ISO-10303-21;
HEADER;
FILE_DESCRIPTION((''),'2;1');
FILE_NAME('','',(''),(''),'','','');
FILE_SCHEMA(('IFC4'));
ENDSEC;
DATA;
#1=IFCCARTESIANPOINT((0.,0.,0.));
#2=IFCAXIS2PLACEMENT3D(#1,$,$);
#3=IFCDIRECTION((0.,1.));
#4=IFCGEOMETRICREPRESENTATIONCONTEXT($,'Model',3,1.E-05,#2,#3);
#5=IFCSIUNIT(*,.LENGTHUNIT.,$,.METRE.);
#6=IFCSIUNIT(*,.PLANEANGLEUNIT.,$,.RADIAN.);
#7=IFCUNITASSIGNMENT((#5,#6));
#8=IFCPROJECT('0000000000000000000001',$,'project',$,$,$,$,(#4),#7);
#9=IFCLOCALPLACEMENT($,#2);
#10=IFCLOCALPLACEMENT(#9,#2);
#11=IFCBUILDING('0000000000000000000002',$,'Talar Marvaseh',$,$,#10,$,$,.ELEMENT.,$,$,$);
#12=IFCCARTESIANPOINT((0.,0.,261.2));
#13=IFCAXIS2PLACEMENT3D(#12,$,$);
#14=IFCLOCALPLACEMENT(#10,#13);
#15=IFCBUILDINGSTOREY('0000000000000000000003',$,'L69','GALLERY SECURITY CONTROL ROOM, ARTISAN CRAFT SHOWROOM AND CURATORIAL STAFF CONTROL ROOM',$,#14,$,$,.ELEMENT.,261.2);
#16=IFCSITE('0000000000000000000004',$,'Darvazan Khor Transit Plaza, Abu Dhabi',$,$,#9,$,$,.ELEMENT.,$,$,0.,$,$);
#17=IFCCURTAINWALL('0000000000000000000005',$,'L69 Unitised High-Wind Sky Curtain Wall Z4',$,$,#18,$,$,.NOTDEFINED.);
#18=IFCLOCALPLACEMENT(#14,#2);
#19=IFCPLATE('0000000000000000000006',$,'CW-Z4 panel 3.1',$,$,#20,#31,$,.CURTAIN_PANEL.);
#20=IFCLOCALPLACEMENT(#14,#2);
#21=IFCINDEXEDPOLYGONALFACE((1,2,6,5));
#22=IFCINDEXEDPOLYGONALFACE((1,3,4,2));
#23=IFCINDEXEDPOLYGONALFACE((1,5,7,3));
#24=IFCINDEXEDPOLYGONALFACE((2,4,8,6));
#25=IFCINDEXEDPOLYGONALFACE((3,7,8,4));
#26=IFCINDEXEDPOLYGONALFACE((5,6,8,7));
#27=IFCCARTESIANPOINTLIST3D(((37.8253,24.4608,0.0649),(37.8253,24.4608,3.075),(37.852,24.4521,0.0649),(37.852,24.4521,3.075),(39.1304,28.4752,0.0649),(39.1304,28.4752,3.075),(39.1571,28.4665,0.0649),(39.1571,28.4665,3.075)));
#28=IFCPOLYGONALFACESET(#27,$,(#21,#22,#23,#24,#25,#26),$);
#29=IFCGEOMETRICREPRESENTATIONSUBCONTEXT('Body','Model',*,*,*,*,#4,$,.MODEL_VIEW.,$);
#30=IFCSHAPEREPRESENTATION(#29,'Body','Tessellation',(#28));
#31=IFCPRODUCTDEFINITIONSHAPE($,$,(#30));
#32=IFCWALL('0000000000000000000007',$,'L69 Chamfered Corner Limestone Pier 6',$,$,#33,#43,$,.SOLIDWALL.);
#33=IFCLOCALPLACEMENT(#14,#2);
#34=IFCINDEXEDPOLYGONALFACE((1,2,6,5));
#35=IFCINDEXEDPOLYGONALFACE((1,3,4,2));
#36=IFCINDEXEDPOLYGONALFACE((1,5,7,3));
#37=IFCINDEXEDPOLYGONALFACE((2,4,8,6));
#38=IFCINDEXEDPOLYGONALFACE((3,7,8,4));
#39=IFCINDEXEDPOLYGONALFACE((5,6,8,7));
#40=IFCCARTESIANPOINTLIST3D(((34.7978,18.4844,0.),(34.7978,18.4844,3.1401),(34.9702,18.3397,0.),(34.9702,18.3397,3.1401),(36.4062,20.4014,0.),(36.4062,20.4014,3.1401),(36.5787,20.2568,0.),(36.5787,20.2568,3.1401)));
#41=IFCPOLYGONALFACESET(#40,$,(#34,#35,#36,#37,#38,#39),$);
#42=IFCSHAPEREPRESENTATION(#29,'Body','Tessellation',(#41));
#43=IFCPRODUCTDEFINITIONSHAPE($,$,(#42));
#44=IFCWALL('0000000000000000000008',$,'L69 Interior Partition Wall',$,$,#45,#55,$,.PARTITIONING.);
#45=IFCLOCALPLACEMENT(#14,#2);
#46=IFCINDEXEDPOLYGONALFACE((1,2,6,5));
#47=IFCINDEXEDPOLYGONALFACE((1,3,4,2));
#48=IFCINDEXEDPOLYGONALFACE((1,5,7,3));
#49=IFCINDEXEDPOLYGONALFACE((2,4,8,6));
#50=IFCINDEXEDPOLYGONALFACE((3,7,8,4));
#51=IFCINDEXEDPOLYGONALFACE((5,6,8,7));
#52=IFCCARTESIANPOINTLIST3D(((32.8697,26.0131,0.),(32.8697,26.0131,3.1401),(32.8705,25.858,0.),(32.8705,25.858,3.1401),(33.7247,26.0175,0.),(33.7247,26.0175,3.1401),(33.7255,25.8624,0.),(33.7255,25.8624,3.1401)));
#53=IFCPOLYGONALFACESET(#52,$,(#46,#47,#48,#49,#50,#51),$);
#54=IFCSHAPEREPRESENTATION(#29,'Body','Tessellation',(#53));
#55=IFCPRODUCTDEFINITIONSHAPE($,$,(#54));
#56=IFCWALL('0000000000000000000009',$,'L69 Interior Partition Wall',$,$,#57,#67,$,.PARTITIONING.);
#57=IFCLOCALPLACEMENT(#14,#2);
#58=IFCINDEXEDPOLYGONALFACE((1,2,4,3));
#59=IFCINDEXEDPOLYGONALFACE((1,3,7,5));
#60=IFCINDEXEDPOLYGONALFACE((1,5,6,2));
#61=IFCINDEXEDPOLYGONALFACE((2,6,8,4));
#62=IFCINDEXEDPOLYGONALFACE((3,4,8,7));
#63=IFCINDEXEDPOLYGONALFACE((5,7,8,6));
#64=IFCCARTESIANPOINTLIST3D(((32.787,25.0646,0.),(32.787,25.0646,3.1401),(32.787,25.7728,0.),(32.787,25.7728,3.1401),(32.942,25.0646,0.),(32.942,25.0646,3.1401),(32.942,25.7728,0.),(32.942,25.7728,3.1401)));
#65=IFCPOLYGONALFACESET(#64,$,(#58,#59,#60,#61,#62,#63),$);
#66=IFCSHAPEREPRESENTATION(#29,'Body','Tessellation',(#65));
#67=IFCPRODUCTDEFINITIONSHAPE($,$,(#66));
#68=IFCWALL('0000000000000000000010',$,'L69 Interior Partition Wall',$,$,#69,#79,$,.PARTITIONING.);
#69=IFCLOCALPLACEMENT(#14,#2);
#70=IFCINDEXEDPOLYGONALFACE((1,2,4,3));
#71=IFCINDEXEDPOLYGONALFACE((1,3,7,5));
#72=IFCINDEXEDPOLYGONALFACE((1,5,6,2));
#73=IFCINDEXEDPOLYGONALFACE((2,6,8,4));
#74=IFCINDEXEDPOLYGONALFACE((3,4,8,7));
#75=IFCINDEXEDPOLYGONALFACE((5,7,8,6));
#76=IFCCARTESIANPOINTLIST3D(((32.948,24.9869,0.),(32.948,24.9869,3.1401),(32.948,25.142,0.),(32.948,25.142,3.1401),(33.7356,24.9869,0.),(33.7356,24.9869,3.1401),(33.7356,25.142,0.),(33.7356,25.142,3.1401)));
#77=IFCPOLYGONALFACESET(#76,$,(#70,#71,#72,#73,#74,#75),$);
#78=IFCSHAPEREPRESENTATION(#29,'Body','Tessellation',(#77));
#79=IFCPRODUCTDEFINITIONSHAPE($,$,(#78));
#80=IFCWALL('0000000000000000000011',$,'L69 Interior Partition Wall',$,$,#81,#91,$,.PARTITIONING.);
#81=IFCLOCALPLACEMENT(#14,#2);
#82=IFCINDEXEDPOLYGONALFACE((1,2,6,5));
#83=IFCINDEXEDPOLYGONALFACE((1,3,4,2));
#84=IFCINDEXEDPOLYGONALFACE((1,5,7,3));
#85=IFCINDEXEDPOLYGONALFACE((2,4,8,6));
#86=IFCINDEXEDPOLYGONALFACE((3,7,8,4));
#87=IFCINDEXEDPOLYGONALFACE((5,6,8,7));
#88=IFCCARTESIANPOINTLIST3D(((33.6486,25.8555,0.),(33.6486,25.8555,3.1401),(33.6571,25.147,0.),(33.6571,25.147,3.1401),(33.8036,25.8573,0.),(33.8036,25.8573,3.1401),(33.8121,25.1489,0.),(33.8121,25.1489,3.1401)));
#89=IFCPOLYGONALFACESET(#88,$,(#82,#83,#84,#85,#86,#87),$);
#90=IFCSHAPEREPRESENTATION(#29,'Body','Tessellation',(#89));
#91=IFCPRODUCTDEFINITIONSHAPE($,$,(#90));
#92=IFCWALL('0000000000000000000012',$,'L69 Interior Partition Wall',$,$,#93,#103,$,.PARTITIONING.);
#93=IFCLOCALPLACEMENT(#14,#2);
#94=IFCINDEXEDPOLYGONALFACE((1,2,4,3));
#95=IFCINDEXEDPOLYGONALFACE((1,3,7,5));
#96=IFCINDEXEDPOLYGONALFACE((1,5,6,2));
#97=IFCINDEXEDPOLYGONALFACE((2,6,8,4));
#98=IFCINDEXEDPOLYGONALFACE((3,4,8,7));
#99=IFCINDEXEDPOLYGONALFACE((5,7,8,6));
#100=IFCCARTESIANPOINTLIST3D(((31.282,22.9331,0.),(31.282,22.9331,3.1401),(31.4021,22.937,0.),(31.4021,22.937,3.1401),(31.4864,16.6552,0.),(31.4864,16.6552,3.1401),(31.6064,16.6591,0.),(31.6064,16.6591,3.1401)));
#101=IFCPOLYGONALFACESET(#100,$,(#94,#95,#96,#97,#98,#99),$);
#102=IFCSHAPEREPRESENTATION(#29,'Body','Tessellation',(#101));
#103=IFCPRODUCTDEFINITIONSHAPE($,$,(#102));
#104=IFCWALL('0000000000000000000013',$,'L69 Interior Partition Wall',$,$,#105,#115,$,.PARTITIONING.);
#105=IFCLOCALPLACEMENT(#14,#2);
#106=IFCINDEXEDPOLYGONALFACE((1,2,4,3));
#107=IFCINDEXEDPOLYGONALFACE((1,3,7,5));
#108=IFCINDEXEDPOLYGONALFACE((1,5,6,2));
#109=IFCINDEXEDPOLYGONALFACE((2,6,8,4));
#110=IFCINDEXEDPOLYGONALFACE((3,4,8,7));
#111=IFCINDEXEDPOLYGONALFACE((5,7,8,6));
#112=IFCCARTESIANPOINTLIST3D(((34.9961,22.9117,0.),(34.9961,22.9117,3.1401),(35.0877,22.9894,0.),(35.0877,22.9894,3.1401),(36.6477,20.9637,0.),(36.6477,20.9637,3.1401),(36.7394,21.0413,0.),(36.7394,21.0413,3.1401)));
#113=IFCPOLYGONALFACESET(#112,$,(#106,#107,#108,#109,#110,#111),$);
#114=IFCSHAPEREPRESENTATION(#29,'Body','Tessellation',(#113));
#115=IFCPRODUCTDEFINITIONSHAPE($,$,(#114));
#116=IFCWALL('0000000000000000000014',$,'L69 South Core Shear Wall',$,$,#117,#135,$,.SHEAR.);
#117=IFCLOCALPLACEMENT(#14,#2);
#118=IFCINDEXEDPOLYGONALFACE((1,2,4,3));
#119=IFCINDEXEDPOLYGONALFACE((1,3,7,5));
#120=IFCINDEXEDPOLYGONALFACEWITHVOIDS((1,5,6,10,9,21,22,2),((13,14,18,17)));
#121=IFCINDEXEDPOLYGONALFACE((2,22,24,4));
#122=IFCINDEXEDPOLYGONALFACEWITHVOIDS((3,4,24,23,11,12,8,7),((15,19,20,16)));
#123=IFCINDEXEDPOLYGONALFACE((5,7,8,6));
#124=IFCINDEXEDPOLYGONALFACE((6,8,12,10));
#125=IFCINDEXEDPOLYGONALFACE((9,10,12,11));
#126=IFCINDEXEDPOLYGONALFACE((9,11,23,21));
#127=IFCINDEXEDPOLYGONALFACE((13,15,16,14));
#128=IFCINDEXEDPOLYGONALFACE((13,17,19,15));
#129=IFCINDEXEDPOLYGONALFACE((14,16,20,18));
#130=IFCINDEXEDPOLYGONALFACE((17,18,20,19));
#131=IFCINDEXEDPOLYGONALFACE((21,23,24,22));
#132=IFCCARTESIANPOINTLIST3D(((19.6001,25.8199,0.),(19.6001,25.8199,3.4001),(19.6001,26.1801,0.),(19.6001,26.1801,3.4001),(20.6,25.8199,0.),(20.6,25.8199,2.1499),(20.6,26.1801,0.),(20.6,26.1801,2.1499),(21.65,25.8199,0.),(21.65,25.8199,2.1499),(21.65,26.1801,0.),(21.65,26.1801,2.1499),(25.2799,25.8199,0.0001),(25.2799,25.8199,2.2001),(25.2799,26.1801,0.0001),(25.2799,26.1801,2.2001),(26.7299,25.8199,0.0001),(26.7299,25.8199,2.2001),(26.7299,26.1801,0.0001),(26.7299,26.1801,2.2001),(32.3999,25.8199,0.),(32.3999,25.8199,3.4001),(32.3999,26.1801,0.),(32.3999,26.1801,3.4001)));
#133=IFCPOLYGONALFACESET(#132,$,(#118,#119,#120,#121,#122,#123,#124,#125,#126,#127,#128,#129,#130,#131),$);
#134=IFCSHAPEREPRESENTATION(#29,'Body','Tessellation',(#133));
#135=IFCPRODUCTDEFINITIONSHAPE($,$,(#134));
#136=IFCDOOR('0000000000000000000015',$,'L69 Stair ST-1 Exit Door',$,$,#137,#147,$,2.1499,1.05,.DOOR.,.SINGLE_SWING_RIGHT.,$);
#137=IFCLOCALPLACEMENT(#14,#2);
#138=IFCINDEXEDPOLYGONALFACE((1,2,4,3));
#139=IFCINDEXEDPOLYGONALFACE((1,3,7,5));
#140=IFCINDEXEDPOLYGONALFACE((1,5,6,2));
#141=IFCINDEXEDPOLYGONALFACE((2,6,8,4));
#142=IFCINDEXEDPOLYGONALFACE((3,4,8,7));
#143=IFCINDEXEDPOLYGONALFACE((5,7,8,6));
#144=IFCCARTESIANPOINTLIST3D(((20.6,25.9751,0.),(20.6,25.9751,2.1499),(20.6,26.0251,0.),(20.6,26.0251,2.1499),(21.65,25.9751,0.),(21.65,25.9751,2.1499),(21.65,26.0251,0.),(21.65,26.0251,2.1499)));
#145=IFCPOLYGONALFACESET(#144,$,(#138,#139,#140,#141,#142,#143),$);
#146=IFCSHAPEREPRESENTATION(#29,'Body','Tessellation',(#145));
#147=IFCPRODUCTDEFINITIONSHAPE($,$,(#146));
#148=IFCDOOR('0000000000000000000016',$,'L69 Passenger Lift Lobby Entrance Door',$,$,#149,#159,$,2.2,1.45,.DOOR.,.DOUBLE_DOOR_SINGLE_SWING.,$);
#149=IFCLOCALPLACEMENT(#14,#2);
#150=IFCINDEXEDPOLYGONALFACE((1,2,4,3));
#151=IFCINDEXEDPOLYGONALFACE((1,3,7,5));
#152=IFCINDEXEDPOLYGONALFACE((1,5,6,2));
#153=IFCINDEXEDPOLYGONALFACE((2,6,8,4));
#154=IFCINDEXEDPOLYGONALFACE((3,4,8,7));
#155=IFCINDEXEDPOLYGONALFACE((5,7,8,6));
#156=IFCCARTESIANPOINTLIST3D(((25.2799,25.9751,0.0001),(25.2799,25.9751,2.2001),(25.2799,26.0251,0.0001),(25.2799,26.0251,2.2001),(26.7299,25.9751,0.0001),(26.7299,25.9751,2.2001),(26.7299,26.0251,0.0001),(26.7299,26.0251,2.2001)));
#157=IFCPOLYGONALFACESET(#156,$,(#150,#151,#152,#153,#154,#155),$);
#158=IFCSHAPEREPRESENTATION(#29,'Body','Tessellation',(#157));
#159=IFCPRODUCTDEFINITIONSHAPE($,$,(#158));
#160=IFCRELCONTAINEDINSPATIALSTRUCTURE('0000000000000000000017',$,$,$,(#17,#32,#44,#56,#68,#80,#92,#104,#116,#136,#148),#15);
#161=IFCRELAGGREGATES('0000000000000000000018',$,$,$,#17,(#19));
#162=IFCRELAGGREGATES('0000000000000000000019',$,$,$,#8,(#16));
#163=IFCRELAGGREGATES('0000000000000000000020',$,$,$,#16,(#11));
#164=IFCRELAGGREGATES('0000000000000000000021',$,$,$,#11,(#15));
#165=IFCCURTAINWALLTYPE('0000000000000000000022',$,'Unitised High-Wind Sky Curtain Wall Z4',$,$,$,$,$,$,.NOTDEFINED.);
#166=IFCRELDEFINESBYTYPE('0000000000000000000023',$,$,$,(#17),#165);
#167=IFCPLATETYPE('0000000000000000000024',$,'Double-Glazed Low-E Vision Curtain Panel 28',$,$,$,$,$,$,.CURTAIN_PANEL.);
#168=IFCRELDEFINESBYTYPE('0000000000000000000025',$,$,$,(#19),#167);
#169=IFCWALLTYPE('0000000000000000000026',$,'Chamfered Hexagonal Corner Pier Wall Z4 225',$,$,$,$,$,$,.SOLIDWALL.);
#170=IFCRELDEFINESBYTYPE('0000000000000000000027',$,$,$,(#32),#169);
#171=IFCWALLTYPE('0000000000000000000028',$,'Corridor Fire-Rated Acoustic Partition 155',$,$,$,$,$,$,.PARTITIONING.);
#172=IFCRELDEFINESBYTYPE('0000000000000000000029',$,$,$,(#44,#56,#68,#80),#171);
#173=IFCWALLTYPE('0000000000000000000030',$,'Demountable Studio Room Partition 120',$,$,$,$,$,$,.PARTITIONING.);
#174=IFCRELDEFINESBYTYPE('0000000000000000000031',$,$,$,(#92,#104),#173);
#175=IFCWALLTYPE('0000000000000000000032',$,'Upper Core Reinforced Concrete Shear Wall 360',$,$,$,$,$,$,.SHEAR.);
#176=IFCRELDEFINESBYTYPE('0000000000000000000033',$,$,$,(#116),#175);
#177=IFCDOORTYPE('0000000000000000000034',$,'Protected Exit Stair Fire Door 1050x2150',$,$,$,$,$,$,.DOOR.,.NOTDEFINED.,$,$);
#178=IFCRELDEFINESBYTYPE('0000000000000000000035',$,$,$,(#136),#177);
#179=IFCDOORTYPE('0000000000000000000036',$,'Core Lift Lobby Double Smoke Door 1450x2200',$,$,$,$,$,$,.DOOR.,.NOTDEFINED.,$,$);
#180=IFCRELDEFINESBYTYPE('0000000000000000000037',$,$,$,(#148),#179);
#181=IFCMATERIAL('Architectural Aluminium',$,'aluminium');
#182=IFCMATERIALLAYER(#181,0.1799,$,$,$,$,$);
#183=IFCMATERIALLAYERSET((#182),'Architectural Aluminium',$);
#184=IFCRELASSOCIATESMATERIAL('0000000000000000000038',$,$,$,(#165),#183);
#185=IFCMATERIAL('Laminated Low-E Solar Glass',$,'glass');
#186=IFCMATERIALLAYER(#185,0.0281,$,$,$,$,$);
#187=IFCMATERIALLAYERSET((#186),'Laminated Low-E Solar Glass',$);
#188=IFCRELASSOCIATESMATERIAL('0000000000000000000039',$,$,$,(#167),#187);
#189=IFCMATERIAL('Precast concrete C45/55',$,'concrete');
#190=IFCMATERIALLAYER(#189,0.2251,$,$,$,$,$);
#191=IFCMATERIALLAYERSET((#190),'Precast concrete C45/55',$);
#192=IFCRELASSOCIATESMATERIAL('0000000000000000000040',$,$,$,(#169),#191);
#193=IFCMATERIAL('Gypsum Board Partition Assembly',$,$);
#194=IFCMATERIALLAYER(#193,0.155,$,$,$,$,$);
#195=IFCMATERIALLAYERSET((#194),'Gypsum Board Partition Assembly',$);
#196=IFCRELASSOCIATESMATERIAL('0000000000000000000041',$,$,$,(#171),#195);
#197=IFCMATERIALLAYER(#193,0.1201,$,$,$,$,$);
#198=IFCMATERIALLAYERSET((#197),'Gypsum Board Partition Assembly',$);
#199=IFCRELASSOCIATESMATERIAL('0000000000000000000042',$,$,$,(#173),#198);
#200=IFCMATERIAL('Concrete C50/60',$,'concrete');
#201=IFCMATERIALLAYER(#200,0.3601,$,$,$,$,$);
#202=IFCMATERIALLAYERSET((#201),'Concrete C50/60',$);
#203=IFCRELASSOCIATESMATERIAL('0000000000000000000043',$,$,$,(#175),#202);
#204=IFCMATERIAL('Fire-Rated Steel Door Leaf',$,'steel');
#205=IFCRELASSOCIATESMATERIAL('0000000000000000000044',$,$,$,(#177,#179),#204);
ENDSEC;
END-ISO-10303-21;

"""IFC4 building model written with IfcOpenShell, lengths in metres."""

from ifc_helpers import new_model, si_unit, direction, frame, frame_2d, origin, origin_2d, place, context, subcontext, project, spatial, rectangle, extrude, source, transform, mapped, material, layer, layer_set, type_object, type_shapes, element, fill, aggregate, save


model = new_model("IFC4")

# Units and contexts
model_context = context("Model", 3, precision=1e-05, world=origin(), true_north=direction((0.0, 1.0)))
body_context = subcontext(model_context, "Body", "Model", "MODEL_VIEW")
ifc_project = project(units=[si_unit("LENGTHUNIT", "METRE"), si_unit("PLANEANGLEUNIT", "RADIAN")], contexts=[model_context])

# Site, building, storey
site_placement = place(None, origin())
site = spatial("IfcSite", under=ifc_project, at=site_placement, Name="Darvazan Khor Transit Plaza, Abu Dhabi", CompositionType="ELEMENT", RefElevation=0.0)
building_placement = place(site_placement, origin())
building = spatial("IfcBuilding", under=site, at=building_placement, Name="Talar Marvaseh", CompositionType="ELEMENT")
storey_placement = place(building_placement, frame((0.0, 0.0, 261.2)))
storey = spatial("IfcBuildingStorey", under=building, at=storey_placement, Name="L69", Description="GALLERY SECURITY CONTROL ROOM, ARTISAN CRAFT SHOWROOM AND CURATORIAL STAFF CONTROL ROOM", CompositionType="ELEMENT", Elevation=261.2)

# Shared definitions
ifc_material_1 = material(Name="Concrete C50/60", Category="concrete")

# Curtain wall, plate
ifc_material_2 = material(Name="Architectural Aluminium", Category="aluminium")
ifc_layer_1 = layer(ifc_material_2, 0.1799)
ifc_layer_set_1 = layer_set([ifc_layer_1], Name="Architectural Aluminium")
curtain_wall_type = type_object("IfcCurtainWallType", Name="Unitised High-Wind Sky Curtain Wall Z4", PredefinedType="NOTDEFINED", material=ifc_layer_set_1)
curtain_wall_placement = place(storey_placement, origin())
curtain_wall = element("IfcCurtainWall", 1, at=curtain_wall_placement, inside=storey, type_object=curtain_wall_type, Name="L69 Unitised High-Wind Sky Curtain Wall Z4", PredefinedType="NOTDEFINED")
ifc_material_3 = material(Name="Laminated Low-E Solar Glass", Category="glass")
ifc_layer_2 = layer(ifc_material_3, 0.0281)
ifc_layer_set_2 = layer_set([ifc_layer_2], Name="Laminated Low-E Solar Glass")
plate_type = type_object("IfcPlateType", Name="Double-Glazed Low-E Vision Curtain Panel 28", PredefinedType="CURTAIN_PANEL", material=ifc_layer_set_2)
shared_shape_1 = source(origin(), body_context, "Body", "SweptSolid", [
    extrude(rectangle(XDim=4.2212, YDim=0.0281, at=origin_2d()), origin(), (0.0, 0.0, 1.0), 3.01),
])
plate_1_placement = place(storey_placement, frame((38.4912, 26.4636, 0.0649), z_axis=(0.0, 0.0, 1.0), x_axis=(-0.309162, -0.951009, 0.0)))
plate_1 = element("IfcPlate", 2, at=plate_1_placement, type_object=plate_type, Name="CW-Z4 panel 3.1", PredefinedType="CURTAIN_PANEL", context=body_context, shape_type="MappedRepresentation", body=[
    mapped(shared_shape_1, transform((0.0, 0.0, 0.0), x_axis=(1.0, 0.0, 0.0), y_axis=(0.0, 1.0, 0.0), z_axis=(0.0, 0.0, 1.0), scale=1.0)),
])
aggregate(curtain_wall, [plate_1])

# Wall
ifc_material_4 = material(Name="Precast concrete C45/55", Category="concrete")
ifc_layer_3 = layer(ifc_material_4, 0.2251)
ifc_layer_set_3 = layer_set([ifc_layer_3], Name="Precast concrete C45/55")
wall_type_1 = type_object("IfcWallType", Name="Chamfered Hexagonal Corner Pier Wall Z4 225", PredefinedType="SOLIDWALL", material=ifc_layer_set_3)
wall_1_placement = place(storey_placement, frame((36.4924, 20.3291, 0.0), z_axis=(0.0, 0.0, 1.0), x_axis=(-0.642753, -0.766074, 0.0)))
element("IfcWall", 3, at=wall_1_placement, inside=storey, type_object=wall_type_1, Name="L69 Chamfered Corner Limestone Pier 6", PredefinedType="SOLIDWALL", context=body_context, shape_type="SweptSolid", body=[
    extrude(rectangle(XDim=2.5024, YDim=0.2251, at=frame_2d((1.2512, 0.0))), origin(), (0.0, 0.0, 1.0), 3.1401),
])

# Shared definitions
ifc_material_5 = material(Name="Gypsum Board Partition Assembly")
ifc_layer_4 = layer(ifc_material_5, 0.155)
ifc_layer_set_4 = layer_set([ifc_layer_4], Name="Gypsum Board Partition Assembly")
wall_type_2 = type_object("IfcWallType", Name="Corridor Fire-Rated Acoustic Partition 155", PredefinedType="PARTITIONING", material=ifc_layer_set_4)

# Walls
wall_2_placement = place(storey_placement, frame((33.7251, 25.9399, 0.0), z_axis=(0.0, 0.0, 1.0), x_axis=(-0.999987, -0.00514, 0.0)))
element("IfcWall", 4, at=wall_2_placement, inside=storey, type_object=wall_type_2, Name="L69 Interior Partition Wall", PredefinedType="PARTITIONING", context=body_context, shape_type="SweptSolid", body=[
    extrude(rectangle(XDim=0.855, YDim=0.155, at=frame_2d((0.4275, 0.0))), origin(), (0.0, 0.0, 1.0), 3.1401),
])
wall_3_placement = place(storey_placement, frame((32.8645, 25.7727, 0.0), z_axis=(0.0, 0.0, 1.0), x_axis=(0.0, -1.0, 0.0)))
element("IfcWall", 5, at=wall_3_placement, inside=storey, type_object=wall_type_2, Name="L69 Interior Partition Wall", PredefinedType="PARTITIONING", context=body_context, shape_type="SweptSolid", body=[
    extrude(rectangle(XDim=0.7083, YDim=0.155, at=frame_2d((0.354, 0.0))), origin(), (0.0, 0.0, 1.0), 3.1401),
])
wall_4_placement = place(storey_placement, frame((32.948, 25.0645, 0.0), z_axis=(0.0, 0.0, 1.0), x_axis=(1.0, 0.0, 0.0)))
element("IfcWall", 6, at=wall_4_placement, inside=storey, type_object=wall_type_2, Name="L69 Interior Partition Wall", PredefinedType="PARTITIONING", context=body_context, shape_type="SweptSolid", body=[
    extrude(rectangle(XDim=0.7876, YDim=0.155, at=frame_2d((0.3938, 0.0))), origin(), (0.0, 0.0, 1.0), 3.1401),
])
wall_5_placement = place(storey_placement, frame((33.7346, 25.1479, 0.0), z_axis=(0.0, 0.0, 1.0), x_axis=(-0.01206, 0.999927, 0.0)))
element("IfcWall", 7, at=wall_5_placement, inside=storey, type_object=wall_type_2, Name="L69 Interior Partition Wall", PredefinedType="PARTITIONING", context=body_context, shape_type="SweptSolid", body=[
    extrude(rectangle(XDim=0.7085, YDim=0.155, at=frame_2d((0.3542, 0.0))), origin(), (0.0, 0.0, 1.0), 3.1401),
])
ifc_layer_5 = layer(ifc_material_5, 0.1201)
ifc_layer_set_5 = layer_set([ifc_layer_5], Name="Gypsum Board Partition Assembly")
wall_type_3 = type_object("IfcWallType", Name="Demountable Studio Room Partition 120", PredefinedType="PARTITIONING", material=ifc_layer_set_5)
wall_6_placement = place(storey_placement, frame((31.342, 22.9351, 0.0), z_axis=(0.0, 0.0, 1.0), x_axis=(0.032533, -0.999471, 0.0)))
element("IfcWall", 8, at=wall_6_placement, inside=storey, type_object=wall_type_3, Name="L69 Interior Partition Wall", PredefinedType="PARTITIONING", context=body_context, shape_type="SweptSolid", body=[
    extrude(rectangle(XDim=6.2812, YDim=0.1201, at=frame_2d((3.1406, 0.0))), origin(), (0.0, 0.0, 1.0), 3.1401),
])
wall_7_placement = place(storey_placement, frame((35.042, 22.9504, 0.0), z_axis=(0.0, 0.0, 1.0), x_axis=(0.646696, -0.762748, 0.0)))
element("IfcWall", 9, at=wall_7_placement, inside=storey, type_object=wall_type_3, Name="L69 Interior Partition Wall", PredefinedType="PARTITIONING", context=body_context, shape_type="SweptSolid", body=[
    extrude(rectangle(XDim=2.554, YDim=0.1201, at=frame_2d((1.2769, 0.0))), origin(), (0.0, 0.0, 1.0), 3.1401),
])

# Wall, openings, doors
ifc_layer_6 = layer(ifc_material_1, 0.3601)
ifc_layer_set_6 = layer_set([ifc_layer_6], Name="Concrete C50/60")
wall_type_4 = type_object("IfcWallType", Name="Upper Core Reinforced Concrete Shear Wall 360", PredefinedType="SHEAR", material=ifc_layer_set_6)
wall_8_placement = place(storey_placement, frame((32.3999, 26.0, 0.0), z_axis=(0.0, 0.0, 1.0), x_axis=(-1.0, 0.0, 0.0)))
wall_8 = element("IfcWall", 10, at=wall_8_placement, inside=storey, type_object=wall_type_4, Name="L69 South Core Shear Wall", PredefinedType="SHEAR", context=body_context, shape_type="SweptSolid", body=[
    extrude(rectangle(XDim=12.7998, YDim=0.3601, at=frame_2d((6.3999, 0.0))), origin(), (0.0, 0.0, 1.0), 3.4001),
])
opening_1_placement = place(wall_8_placement, frame((10.75, 0.0, 0.0)))
opening_1 = element("IfcOpeningElement", 11, at=opening_1_placement, cuts=wall_8, PredefinedType="OPENING", context=body_context, shape_type="SweptSolid", body=[
    extrude(rectangle(XDim=1.05, YDim=2.1499, at=frame_2d((0.5249, 1.075))), frame((0.0, 0.1899, 0.0), z_axis=(0.0, -1.0, 0.0), x_axis=(1.0, 0.0, 0.0)), (0.0, 0.0, 1.0), 0.3801),
])
opening_2_placement = place(wall_8_placement, frame((5.6699, 0.0, 0.0)))
opening_2 = element("IfcOpeningElement", 12, at=opening_2_placement, cuts=wall_8, PredefinedType="OPENING", context=body_context, shape_type="SweptSolid", body=[
    extrude(rectangle(XDim=1.45, YDim=2.2, at=frame_2d((0.7251, 1.1001))), frame((0.0, 0.1899, 0.0), z_axis=(0.0, -1.0, 0.0), x_axis=(1.0, 0.0, 0.0)), (0.0, 0.0, 1.0), 0.3801),
])
ifc_material_6 = material(Name="Fire-Rated Steel Door Leaf", Category="steel")
door_type_1 = type_object("IfcDoorType", Name="Protected Exit Stair Fire Door 1050x2150", OperationType="NOTDEFINED", PredefinedType="DOOR", material=ifc_material_6)
shared_shape_2 = source(origin(), body_context, "Body", "SweptSolid", [
    extrude(rectangle(XDim=1.05, YDim=2.1499, at=frame_2d((0.5249, 1.075))), frame((0.0, 0.0249, 0.0), z_axis=(0.0, -1.0, 0.0), x_axis=(1.0, 0.0, 0.0)), (0.0, 0.0, 1.0), 0.05),
])
type_shapes(door_type_1, [shared_shape_2])
door_1_placement = place(opening_1_placement, origin())
door_1 = element("IfcDoor", 13, at=door_1_placement, inside=storey, type_object=door_type_1, Name="L69 Stair ST-1 Exit Door", OperationType="SINGLE_SWING_RIGHT", OverallHeight=2.1499, OverallWidth=1.05, PredefinedType="DOOR", context=body_context, shape_type="MappedRepresentation", body=[
    mapped(shared_shape_2, transform((0.0, 0.0, 0.0), x_axis=(1.0, 0.0, 0.0), y_axis=(0.0, 1.0, 0.0), z_axis=(0.0, 0.0, 1.0), scale=1.0)),
])
fill(opening_1, door_1)
door_type_2 = type_object("IfcDoorType", Name="Core Lift Lobby Double Smoke Door 1450x2200", OperationType="NOTDEFINED", PredefinedType="DOOR", material=ifc_material_6)
shared_shape_3 = source(origin(), body_context, "Body", "SweptSolid", [
    extrude(rectangle(XDim=1.45, YDim=2.2, at=frame_2d((0.7251, 1.1001))), frame((0.0, 0.0249, 0.0), z_axis=(0.0, -1.0, 0.0), x_axis=(1.0, 0.0, 0.0)), (0.0, 0.0, 1.0), 0.05),
])
type_shapes(door_type_2, [shared_shape_3])
door_2_placement = place(opening_2_placement, origin())
door_2 = element("IfcDoor", 14, at=door_2_placement, inside=storey, type_object=door_type_2, Name="L69 Passenger Lift Lobby Entrance Door", OperationType="DOUBLE_DOOR_SINGLE_SWING", OverallHeight=2.2, OverallWidth=1.45, PredefinedType="DOOR", context=body_context, shape_type="MappedRepresentation", body=[
    mapped(shared_shape_3, transform((0.0, 0.0, 0.0), x_axis=(1.0, 0.0, 0.0), y_axis=(0.0, 1.0, 0.0), z_axis=(0.0, 0.0, 1.0), scale=1.0)),
])
fill(opening_2, door_2)

save(model, "model.ifc")
